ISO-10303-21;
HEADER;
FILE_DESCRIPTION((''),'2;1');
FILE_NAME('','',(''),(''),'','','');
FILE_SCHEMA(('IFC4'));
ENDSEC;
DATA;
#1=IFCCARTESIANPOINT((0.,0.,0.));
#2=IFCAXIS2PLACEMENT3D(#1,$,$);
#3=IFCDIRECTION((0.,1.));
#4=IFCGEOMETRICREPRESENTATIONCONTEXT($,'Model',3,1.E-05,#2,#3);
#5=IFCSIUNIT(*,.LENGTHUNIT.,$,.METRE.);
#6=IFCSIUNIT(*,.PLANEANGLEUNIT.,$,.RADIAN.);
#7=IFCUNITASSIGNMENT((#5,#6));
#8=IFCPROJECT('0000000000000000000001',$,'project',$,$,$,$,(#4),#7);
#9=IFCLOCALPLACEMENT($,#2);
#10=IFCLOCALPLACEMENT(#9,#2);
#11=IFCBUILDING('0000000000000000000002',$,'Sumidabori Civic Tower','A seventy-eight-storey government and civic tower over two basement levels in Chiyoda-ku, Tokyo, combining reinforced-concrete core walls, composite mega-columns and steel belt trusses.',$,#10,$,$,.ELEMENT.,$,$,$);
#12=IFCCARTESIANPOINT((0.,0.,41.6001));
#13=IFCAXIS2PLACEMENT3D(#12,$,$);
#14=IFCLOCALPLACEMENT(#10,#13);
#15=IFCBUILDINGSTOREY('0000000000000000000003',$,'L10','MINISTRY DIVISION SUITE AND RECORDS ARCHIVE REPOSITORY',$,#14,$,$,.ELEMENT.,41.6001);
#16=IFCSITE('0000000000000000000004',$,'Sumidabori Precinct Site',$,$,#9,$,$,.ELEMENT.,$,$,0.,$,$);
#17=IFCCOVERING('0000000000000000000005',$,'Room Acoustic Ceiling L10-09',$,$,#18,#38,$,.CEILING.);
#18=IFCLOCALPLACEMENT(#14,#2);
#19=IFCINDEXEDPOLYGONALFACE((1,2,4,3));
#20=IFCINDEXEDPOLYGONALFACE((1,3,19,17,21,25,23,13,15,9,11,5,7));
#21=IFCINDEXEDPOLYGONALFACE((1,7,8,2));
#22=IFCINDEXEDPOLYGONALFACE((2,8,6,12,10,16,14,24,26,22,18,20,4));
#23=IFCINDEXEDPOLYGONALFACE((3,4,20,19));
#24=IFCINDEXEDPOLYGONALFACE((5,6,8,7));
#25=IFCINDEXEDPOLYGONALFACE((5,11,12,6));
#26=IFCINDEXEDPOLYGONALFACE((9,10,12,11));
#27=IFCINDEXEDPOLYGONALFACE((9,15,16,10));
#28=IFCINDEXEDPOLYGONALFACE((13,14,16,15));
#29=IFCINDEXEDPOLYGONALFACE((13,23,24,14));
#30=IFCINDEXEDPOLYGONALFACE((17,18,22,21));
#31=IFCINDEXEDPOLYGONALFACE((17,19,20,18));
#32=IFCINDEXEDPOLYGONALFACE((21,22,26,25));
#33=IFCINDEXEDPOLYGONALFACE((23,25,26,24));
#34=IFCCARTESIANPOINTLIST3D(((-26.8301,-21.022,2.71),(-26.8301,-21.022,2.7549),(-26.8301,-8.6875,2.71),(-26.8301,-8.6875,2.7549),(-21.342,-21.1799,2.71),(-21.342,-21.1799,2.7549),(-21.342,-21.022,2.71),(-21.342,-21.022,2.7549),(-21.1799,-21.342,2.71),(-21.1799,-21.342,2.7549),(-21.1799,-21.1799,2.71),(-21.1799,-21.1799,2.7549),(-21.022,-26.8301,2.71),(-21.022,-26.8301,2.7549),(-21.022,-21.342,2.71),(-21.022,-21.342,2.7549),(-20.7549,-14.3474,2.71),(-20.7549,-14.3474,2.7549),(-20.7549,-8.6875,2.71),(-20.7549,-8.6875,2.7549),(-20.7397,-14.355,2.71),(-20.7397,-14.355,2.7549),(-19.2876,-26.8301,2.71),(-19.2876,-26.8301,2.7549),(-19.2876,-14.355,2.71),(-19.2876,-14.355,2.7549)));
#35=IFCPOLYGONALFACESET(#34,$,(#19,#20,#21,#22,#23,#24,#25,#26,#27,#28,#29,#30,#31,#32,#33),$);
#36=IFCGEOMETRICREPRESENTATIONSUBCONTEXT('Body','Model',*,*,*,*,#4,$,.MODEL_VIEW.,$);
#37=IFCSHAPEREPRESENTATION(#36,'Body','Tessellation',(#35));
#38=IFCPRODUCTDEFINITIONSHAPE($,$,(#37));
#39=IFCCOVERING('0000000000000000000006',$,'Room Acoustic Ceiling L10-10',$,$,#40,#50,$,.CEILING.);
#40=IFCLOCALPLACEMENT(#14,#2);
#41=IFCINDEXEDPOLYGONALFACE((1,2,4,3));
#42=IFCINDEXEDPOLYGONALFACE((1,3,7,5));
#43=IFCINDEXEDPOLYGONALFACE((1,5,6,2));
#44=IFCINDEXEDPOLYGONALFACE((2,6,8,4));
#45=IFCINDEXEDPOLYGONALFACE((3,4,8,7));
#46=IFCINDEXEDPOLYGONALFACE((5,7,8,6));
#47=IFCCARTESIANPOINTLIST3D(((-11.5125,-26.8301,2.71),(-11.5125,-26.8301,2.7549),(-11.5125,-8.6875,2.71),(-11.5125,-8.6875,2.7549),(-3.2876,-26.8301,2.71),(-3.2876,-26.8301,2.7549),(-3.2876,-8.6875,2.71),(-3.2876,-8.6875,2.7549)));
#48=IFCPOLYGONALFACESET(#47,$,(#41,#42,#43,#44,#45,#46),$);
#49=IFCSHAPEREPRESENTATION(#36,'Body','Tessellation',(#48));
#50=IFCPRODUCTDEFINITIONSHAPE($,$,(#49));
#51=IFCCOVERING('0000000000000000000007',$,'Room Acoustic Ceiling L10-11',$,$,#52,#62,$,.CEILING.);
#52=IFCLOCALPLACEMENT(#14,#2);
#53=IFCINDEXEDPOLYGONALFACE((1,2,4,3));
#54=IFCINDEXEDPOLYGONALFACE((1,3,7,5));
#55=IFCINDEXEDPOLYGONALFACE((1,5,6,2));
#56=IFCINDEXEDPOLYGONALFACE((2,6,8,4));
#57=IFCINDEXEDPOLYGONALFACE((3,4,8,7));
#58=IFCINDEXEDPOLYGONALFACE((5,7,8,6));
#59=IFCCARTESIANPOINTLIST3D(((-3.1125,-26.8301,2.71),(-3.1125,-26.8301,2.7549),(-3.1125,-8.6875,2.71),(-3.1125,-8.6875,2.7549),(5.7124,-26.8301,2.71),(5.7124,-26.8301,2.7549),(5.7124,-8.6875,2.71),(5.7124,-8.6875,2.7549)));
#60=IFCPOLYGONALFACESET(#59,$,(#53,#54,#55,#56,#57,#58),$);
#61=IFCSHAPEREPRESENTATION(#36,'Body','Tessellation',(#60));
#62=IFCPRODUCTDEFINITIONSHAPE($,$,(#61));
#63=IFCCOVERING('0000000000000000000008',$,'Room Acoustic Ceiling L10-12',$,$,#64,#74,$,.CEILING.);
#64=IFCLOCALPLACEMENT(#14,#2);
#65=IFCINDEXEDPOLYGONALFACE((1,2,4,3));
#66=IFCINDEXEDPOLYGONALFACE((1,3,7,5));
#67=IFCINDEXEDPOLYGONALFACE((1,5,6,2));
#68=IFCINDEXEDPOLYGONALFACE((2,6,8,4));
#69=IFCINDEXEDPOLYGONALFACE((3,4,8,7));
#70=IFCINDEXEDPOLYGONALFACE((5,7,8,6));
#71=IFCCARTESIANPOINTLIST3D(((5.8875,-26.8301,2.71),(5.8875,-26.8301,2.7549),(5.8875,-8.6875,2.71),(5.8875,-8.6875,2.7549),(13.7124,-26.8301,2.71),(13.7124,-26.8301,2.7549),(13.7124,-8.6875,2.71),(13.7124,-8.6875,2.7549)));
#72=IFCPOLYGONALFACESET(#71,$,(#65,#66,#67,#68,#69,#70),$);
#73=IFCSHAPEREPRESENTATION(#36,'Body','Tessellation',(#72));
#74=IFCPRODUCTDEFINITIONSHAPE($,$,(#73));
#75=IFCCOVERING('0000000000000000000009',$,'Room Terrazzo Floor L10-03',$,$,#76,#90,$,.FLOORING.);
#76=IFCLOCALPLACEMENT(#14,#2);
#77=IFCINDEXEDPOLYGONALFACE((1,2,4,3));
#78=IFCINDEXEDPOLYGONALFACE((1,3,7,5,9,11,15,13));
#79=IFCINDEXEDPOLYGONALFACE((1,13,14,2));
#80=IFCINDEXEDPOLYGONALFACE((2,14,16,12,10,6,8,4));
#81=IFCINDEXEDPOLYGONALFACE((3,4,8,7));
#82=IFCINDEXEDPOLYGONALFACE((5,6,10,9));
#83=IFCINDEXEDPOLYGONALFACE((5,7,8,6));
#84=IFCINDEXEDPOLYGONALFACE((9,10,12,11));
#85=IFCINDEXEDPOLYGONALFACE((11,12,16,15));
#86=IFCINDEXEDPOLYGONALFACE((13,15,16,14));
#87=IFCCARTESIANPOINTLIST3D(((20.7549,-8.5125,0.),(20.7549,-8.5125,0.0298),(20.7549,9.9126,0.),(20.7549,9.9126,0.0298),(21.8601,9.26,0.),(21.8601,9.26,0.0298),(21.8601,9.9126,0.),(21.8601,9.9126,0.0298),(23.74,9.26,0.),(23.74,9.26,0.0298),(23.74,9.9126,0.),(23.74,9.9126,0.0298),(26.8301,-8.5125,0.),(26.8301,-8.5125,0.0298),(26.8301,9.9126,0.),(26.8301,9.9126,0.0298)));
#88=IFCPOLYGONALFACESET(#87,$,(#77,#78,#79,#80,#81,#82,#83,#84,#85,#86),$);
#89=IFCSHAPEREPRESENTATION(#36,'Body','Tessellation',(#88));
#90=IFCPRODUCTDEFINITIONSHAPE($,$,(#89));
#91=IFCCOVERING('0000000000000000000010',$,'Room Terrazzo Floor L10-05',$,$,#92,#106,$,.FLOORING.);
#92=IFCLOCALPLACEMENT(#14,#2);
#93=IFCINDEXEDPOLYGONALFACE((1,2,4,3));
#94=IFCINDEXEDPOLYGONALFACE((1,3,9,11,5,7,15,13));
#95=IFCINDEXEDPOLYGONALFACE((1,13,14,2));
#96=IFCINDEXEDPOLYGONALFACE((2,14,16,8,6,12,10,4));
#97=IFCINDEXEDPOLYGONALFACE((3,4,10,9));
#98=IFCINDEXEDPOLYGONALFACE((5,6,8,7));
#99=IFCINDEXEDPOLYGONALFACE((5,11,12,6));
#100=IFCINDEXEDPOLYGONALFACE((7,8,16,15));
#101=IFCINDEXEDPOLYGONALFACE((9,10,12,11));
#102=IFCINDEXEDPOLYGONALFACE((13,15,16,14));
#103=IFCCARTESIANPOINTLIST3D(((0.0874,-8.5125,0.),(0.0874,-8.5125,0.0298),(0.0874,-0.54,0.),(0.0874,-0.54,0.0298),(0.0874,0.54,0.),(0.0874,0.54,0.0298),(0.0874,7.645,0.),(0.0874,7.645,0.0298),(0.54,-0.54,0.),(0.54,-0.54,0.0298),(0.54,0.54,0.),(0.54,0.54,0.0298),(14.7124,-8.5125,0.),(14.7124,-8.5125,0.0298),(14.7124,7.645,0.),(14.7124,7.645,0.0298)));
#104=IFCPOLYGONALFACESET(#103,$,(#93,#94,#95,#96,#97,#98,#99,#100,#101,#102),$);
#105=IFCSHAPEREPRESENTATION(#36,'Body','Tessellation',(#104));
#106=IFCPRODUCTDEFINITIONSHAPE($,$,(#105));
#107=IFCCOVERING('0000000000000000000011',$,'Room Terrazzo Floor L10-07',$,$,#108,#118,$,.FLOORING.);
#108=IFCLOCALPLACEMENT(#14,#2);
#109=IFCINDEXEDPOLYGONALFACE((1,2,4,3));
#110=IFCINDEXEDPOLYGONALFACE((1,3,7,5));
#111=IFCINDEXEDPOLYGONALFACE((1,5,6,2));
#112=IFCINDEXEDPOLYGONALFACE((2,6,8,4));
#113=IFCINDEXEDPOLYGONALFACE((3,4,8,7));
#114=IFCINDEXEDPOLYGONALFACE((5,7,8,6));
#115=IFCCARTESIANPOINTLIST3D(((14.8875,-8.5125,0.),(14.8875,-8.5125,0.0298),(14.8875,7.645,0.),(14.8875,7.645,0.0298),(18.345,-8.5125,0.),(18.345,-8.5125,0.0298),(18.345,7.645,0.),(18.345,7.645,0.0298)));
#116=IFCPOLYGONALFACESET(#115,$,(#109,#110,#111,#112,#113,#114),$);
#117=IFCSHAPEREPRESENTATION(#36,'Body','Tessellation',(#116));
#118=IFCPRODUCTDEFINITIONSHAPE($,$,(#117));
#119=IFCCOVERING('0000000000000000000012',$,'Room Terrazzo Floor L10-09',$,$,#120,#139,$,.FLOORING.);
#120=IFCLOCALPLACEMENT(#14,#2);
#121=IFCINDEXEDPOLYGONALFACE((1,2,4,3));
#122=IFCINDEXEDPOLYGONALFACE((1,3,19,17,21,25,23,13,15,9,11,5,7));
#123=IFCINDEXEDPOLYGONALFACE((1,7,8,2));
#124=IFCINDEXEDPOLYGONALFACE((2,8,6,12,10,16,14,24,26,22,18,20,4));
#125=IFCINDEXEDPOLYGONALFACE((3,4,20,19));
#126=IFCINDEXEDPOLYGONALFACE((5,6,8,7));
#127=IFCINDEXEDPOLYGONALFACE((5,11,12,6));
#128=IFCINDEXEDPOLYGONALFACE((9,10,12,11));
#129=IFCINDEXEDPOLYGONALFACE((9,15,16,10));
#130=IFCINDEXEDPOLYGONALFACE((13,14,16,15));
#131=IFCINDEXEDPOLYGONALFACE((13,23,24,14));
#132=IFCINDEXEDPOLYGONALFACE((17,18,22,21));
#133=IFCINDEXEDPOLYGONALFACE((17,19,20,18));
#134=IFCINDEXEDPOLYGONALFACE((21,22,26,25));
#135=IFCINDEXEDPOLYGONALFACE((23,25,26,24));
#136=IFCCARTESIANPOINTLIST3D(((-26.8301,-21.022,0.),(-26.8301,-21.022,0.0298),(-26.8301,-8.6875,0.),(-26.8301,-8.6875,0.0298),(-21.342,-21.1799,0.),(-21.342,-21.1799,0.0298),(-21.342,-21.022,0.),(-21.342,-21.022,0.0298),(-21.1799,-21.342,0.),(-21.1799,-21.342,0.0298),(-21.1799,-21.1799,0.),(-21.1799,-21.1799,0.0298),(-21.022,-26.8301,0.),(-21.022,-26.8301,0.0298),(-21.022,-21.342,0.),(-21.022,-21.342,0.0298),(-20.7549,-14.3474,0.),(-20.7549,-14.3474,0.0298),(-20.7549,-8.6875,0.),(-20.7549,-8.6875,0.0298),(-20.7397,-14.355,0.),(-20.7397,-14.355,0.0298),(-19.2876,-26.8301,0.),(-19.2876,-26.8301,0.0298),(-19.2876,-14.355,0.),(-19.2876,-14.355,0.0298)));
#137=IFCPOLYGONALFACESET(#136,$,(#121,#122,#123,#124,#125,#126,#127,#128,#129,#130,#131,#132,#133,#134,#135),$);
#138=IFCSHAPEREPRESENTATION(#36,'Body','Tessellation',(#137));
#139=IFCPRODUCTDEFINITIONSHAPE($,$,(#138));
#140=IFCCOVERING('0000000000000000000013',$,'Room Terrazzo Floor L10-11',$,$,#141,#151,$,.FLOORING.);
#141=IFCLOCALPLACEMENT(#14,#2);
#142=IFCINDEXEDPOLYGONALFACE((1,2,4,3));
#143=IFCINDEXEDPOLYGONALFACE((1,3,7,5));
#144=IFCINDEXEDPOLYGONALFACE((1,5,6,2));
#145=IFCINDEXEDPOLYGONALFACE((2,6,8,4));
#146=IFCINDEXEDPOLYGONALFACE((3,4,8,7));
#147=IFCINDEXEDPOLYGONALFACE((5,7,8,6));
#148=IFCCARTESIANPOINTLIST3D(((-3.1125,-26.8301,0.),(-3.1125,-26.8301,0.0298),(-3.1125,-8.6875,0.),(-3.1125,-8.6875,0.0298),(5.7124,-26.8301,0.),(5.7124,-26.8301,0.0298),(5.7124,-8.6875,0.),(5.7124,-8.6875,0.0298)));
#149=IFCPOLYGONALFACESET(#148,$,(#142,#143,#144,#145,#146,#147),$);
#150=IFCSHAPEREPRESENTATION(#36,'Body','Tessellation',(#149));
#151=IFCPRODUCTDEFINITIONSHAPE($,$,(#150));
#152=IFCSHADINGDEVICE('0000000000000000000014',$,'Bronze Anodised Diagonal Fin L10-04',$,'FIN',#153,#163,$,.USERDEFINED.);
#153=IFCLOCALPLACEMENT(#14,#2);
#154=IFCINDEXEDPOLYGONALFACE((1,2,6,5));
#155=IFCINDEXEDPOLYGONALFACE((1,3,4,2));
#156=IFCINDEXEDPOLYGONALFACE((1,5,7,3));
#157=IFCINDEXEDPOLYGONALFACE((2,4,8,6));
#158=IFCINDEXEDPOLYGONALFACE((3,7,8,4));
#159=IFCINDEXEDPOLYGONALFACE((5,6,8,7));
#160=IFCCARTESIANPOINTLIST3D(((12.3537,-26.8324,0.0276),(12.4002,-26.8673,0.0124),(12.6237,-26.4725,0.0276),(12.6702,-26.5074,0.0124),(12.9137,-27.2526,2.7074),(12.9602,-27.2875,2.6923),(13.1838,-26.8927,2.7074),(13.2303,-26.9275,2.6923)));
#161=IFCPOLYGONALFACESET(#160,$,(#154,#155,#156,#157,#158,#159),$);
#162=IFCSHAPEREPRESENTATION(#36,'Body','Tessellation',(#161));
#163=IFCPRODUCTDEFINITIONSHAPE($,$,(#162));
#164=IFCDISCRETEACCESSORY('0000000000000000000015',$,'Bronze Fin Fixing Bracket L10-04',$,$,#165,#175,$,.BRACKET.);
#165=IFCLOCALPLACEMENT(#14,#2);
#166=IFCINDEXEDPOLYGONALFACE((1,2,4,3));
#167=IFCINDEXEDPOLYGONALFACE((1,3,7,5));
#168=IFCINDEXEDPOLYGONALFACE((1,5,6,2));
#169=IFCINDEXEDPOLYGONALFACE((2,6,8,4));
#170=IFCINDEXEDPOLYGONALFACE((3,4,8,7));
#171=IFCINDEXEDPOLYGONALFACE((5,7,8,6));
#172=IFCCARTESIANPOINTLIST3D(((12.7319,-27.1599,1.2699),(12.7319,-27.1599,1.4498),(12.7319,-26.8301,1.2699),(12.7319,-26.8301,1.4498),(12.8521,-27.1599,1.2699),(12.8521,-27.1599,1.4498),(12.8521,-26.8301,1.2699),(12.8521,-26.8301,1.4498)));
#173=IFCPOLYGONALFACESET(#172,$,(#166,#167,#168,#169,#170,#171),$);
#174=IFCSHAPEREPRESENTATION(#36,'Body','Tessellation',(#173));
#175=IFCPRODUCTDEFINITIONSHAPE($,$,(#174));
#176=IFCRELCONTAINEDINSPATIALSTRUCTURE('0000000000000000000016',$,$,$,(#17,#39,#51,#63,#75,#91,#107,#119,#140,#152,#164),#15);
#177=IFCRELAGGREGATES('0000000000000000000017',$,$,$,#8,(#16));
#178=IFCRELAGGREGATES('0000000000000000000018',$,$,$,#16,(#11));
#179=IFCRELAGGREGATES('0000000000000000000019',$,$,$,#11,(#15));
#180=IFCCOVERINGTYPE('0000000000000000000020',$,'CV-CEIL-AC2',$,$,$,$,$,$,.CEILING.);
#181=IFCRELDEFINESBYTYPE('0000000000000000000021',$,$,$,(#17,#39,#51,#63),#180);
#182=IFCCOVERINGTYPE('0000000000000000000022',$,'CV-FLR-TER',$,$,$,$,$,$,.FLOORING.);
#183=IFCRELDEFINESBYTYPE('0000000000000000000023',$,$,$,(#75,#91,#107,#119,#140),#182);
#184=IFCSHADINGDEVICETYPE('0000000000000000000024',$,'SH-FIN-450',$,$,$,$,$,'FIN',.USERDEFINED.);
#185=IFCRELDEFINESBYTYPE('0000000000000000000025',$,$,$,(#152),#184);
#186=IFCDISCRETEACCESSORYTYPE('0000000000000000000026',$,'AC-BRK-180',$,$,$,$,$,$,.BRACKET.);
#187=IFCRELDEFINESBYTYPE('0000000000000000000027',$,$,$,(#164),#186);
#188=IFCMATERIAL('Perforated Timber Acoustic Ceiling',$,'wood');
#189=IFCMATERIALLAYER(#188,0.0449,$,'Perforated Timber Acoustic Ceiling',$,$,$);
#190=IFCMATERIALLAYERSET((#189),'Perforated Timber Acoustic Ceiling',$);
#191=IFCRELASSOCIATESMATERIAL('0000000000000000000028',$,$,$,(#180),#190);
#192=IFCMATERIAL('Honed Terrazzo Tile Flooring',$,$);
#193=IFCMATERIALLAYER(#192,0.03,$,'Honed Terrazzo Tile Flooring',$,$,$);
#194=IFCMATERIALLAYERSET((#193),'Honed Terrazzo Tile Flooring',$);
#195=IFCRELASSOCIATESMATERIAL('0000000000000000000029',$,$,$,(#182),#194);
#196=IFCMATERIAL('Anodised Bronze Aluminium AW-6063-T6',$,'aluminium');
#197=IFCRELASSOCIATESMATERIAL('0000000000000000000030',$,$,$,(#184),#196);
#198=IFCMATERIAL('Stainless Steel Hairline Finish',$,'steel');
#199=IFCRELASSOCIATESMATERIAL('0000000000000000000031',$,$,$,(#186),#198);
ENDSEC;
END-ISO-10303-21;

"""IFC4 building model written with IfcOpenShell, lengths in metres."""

from ifc_helpers import new_model, si_unit, direction, frame, origin, origin_2d, place, context, subcontext, project, spatial, polyline, rectangle, outline, extrude, source, transform, mapped, material, layer, layer_set, material_profile, profile_set, type_object, element, save


model = new_model("IFC4")

# Units and contexts
model_context = context("Model", 3, precision=1e-05, world=origin(), true_north=direction((0.0, 1.0)))
body_context = subcontext(model_context, "Body", "Model", "MODEL_VIEW")
ifc_project = project(units=[si_unit("LENGTHUNIT", "METRE"), si_unit("PLANEANGLEUNIT", "RADIAN")], contexts=[model_context])

# Site, building, storey
site_placement = place(None, origin())
site = spatial("IfcSite", under=ifc_project, at=site_placement, Name="Sumidabori Precinct Site", CompositionType="ELEMENT", RefElevation=0.0)
building_placement = place(site_placement, origin())
building = spatial("IfcBuilding", under=site, at=building_placement, Name="Sumidabori Civic Tower", Description="A seventy-eight-storey government and civic tower over two basement levels in Chiyoda-ku, Tokyo, combining reinforced-concrete core walls, composite mega-columns and steel belt trusses.", CompositionType="ELEMENT")
storey_placement = place(building_placement, frame((0.0, 0.0, 41.6001)))
storey = spatial("IfcBuildingStorey", under=building, at=storey_placement, Name="L10", Description="MINISTRY DIVISION SUITE AND RECORDS ARCHIVE REPOSITORY", CompositionType="ELEMENT", Elevation=41.6001)

# Shared definitions
ifc_material_1 = material(Name="Anodised Bronze Aluminium AW-6063-T6", Category="aluminium")

# Coverings
ifc_material_2 = material(Name="Perforated Timber Acoustic Ceiling", Category="wood")
ifc_layer_1 = layer(ifc_material_2, 0.0449, Name="Perforated Timber Acoustic Ceiling")
ifc_layer_set_1 = layer_set([ifc_layer_1], Name="Perforated Timber Acoustic Ceiling")
covering_type_1 = type_object("IfcCoveringType", Name="CV-CEIL-AC2", PredefinedType="CEILING", material=ifc_layer_set_1)
covering_1_placement = place(storey_placement, frame((0.0, 0.0, 2.71)))
element("IfcCovering", 1, at=covering_1_placement, inside=storey, type_object=covering_type_1, Name="Room Acoustic Ceiling L10-09", PredefinedType="CEILING", context=body_context, shape_type="SweptSolid", body=[
    extrude(outline(polyline([(-26.8301, -21.022), (-26.8301, -8.6875), (-20.7549, -8.6875), (-20.7549, -14.3474), (-20.7397, -14.355), (-19.2876, -14.355), (-19.2876, -26.8301), (-21.022, -26.8301), (-21.022, -21.342), (-21.1799, -21.342), (-21.1799, -21.1799), (-21.342, -21.1799), (-21.342, -21.022), (-26.8301, -21.022)])), origin(), (0.0, 0.0, 1.0), 0.0449),
])
covering_2_placement = place(storey_placement, frame((0.0, 0.0, 2.71)))
element("IfcCovering", 2, at=covering_2_placement, inside=storey, type_object=covering_type_1, Name="Room Acoustic Ceiling L10-10", PredefinedType="CEILING", context=body_context, shape_type="SweptSolid", body=[
    extrude(outline(polyline([(-3.2876, -26.8301), (-11.5125, -26.8301), (-11.5125, -8.6875), (-3.2876, -8.6875), (-3.2876, -26.8301)])), origin(), (0.0, 0.0, 1.0), 0.0449),
])
covering_3_placement = place(storey_placement, frame((0.0, 0.0, 2.71)))
element("IfcCovering", 3, at=covering_3_placement, inside=storey, type_object=covering_type_1, Name="Room Acoustic Ceiling L10-11", PredefinedType="CEILING", context=body_context, shape_type="SweptSolid", body=[
    extrude(outline(polyline([(5.7124, -26.8301), (-3.1125, -26.8301), (-3.1125, -8.6875), (5.7124, -8.6875), (5.7124, -26.8301)])), origin(), (0.0, 0.0, 1.0), 0.0449),
])
covering_4_placement = place(storey_placement, frame((0.0, 0.0, 2.71)))
element("IfcCovering", 4, at=covering_4_placement, inside=storey, type_object=covering_type_1, Name="Room Acoustic Ceiling L10-12", PredefinedType="CEILING", context=body_context, shape_type="SweptSolid", body=[
    extrude(outline(polyline([(13.7124, -26.8301), (5.8875, -26.8301), (5.8875, -8.6875), (13.7124, -8.6875), (13.7124, -26.8301)])), origin(), (0.0, 0.0, 1.0), 0.0449),
])
ifc_material_3 = material(Name="Honed Terrazzo Tile Flooring")
ifc_layer_2 = layer(ifc_material_3, 0.03, Name="Honed Terrazzo Tile Flooring")
ifc_layer_set_2 = layer_set([ifc_layer_2], Name="Honed Terrazzo Tile Flooring")
covering_type_2 = type_object("IfcCoveringType", Name="CV-FLR-TER", PredefinedType="FLOORING", material=ifc_layer_set_2)
covering_5_placement = place(storey_placement, origin())
element("IfcCovering", 5, at=covering_5_placement, inside=storey, type_object=covering_type_2, Name="Room Terrazzo Floor L10-03", PredefinedType="FLOORING", context=body_context, shape_type="SweptSolid", body=[
    extrude(outline(polyline([(20.7549, 9.9126), (21.8601, 9.9126), (21.8601, 9.26), (23.74, 9.26), (23.74, 9.9126), (26.8301, 9.9126), (26.8301, -8.5125), (20.7549, -8.5125), (20.7549, 9.9126)])), origin(), (0.0, 0.0, 1.0), 0.0298),
])
covering_6_placement = place(storey_placement, origin())
element("IfcCovering", 6, at=covering_6_placement, inside=storey, type_object=covering_type_2, Name="Room Terrazzo Floor L10-05", PredefinedType="FLOORING", context=body_context, shape_type="SweptSolid", body=[
    extrude(outline(polyline([(0.0874, -0.54), (0.54, -0.54), (0.54, 0.54), (0.0874, 0.54), (0.0874, 7.645), (14.7124, 7.645), (14.7124, -8.5125), (0.0874, -8.5125), (0.0874, -0.54)])), origin(), (0.0, 0.0, 1.0), 0.0298),
])
covering_7_placement = place(storey_placement, origin())
element("IfcCovering", 7, at=covering_7_placement, inside=storey, type_object=covering_type_2, Name="Room Terrazzo Floor L10-07", PredefinedType="FLOORING", context=body_context, shape_type="SweptSolid", body=[
    extrude(outline(polyline([(14.8875, 7.645), (18.345, 7.645), (18.345, -8.5125), (14.8875, -8.5125), (14.8875, 7.645)])), origin(), (0.0, 0.0, 1.0), 0.0298),
])
covering_8_placement = place(storey_placement, origin())
element("IfcCovering", 8, at=covering_8_placement, inside=storey, type_object=covering_type_2, Name="Room Terrazzo Floor L10-09", PredefinedType="FLOORING", context=body_context, shape_type="SweptSolid", body=[
    extrude(outline(polyline([(-26.8301, -21.022), (-26.8301, -8.6875), (-20.7549, -8.6875), (-20.7549, -14.3474), (-20.7397, -14.355), (-19.2876, -14.355), (-19.2876, -26.8301), (-21.022, -26.8301), (-21.022, -21.342), (-21.1799, -21.342), (-21.1799, -21.1799), (-21.342, -21.1799), (-21.342, -21.022), (-26.8301, -21.022)])), origin(), (0.0, 0.0, 1.0), 0.0298),
])
covering_9_placement = place(storey_placement, origin())
element("IfcCovering", 9, at=covering_9_placement, inside=storey, type_object=covering_type_2, Name="Room Terrazzo Floor L10-11", PredefinedType="FLOORING", context=body_context, shape_type="SweptSolid", body=[
    extrude(outline(polyline([(5.7124, -26.8301), (-3.1125, -26.8301), (-3.1125, -8.6875), (5.7124, -8.6875), (5.7124, -26.8301)])), origin(), (0.0, 0.0, 1.0), 0.0298),
])

# Shading device
ifc_material_profile_1 = material_profile(ifc_material_1, rectangle(XDim=0.0601, YDim=0.45, at=origin_2d()), Name="BRONZE FIN 450x60")
ifc_profile_set_1 = profile_set([ifc_material_profile_1], Name="Anodised Bronze Aluminium AW-6063-T6")
shading_device_type = type_object("IfcShadingDeviceType", Name="SH-FIN-450", ElementType="FIN", PredefinedType="USERDEFINED", material=ifc_profile_set_1)
shared_shape_1 = source(origin(), body_context, "Body", "SweptSolid", [
    extrude(rectangle(XDim=0.0601, YDim=0.45, at=origin_2d()), origin(), (0.0, 0.0, 1.0), 2.7698),
])
shading_device_placement = place(storey_placement, frame((12.512, -26.6699, 0.02), z_axis=(0.202196, -0.151691, 0.967526), x_axis=(0.77394, -0.580624, -0.252771)))
element("IfcShadingDevice", 10, at=shading_device_placement, inside=storey, type_object=shading_device_type, Name="Bronze Anodised Diagonal Fin L10-04", ObjectType="FIN", PredefinedType="USERDEFINED", context=body_context, shape_type="MappedRepresentation", body=[
    mapped(shared_shape_1, transform((0.0, 0.0, 0.0), x_axis=(1.0, 0.0, 0.0), y_axis=(0.0, 1.0, 0.0), z_axis=(0.0, 0.0, 1.0), scale=1.0)),
])

# Discrete accessory
ifc_material_4 = material(Name="Stainless Steel Hairline Finish", Category="steel")
ifc_material_profile_2 = material_profile(ifc_material_4, rectangle(XDim=0.1201, YDim=0.1799, at=origin_2d()), Name="STEEL BRACKET 180x120")
ifc_profile_set_2 = profile_set([ifc_material_profile_2], Name="Stainless Steel Hairline Finish")
discrete_accessory_type = type_object("IfcDiscreteAccessoryType", Name="AC-BRK-180", PredefinedType="BRACKET", material=ifc_profile_set_2)
shared_shape_2 = source(origin(), body_context, "Body", "SweptSolid", [
    extrude(rectangle(XDim=0.1201, YDim=0.1799, at=origin_2d()), origin(), (0.0, 0.0, 1.0), 0.3298),
])
discrete_accessory_placement = place(storey_placement, frame((12.792, -26.8301, 1.3599), z_axis=(0.0, -1.0, 0.0), x_axis=(1.0, 0.0, 0.0)))
element("IfcDiscreteAccessory", 11, at=discrete_accessory_placement, inside=storey, type_object=discrete_accessory_type, Name="Bronze Fin Fixing Bracket L10-04", PredefinedType="BRACKET", context=body_context, shape_type="MappedRepresentation", body=[
    mapped(shared_shape_2, transform((0.0, 0.0, 0.0), x_axis=(1.0, 0.0, 0.0), y_axis=(0.0, 1.0, 0.0), z_axis=(0.0, 0.0, 1.0), scale=1.0)),
])

save(model, "model.ifc")
